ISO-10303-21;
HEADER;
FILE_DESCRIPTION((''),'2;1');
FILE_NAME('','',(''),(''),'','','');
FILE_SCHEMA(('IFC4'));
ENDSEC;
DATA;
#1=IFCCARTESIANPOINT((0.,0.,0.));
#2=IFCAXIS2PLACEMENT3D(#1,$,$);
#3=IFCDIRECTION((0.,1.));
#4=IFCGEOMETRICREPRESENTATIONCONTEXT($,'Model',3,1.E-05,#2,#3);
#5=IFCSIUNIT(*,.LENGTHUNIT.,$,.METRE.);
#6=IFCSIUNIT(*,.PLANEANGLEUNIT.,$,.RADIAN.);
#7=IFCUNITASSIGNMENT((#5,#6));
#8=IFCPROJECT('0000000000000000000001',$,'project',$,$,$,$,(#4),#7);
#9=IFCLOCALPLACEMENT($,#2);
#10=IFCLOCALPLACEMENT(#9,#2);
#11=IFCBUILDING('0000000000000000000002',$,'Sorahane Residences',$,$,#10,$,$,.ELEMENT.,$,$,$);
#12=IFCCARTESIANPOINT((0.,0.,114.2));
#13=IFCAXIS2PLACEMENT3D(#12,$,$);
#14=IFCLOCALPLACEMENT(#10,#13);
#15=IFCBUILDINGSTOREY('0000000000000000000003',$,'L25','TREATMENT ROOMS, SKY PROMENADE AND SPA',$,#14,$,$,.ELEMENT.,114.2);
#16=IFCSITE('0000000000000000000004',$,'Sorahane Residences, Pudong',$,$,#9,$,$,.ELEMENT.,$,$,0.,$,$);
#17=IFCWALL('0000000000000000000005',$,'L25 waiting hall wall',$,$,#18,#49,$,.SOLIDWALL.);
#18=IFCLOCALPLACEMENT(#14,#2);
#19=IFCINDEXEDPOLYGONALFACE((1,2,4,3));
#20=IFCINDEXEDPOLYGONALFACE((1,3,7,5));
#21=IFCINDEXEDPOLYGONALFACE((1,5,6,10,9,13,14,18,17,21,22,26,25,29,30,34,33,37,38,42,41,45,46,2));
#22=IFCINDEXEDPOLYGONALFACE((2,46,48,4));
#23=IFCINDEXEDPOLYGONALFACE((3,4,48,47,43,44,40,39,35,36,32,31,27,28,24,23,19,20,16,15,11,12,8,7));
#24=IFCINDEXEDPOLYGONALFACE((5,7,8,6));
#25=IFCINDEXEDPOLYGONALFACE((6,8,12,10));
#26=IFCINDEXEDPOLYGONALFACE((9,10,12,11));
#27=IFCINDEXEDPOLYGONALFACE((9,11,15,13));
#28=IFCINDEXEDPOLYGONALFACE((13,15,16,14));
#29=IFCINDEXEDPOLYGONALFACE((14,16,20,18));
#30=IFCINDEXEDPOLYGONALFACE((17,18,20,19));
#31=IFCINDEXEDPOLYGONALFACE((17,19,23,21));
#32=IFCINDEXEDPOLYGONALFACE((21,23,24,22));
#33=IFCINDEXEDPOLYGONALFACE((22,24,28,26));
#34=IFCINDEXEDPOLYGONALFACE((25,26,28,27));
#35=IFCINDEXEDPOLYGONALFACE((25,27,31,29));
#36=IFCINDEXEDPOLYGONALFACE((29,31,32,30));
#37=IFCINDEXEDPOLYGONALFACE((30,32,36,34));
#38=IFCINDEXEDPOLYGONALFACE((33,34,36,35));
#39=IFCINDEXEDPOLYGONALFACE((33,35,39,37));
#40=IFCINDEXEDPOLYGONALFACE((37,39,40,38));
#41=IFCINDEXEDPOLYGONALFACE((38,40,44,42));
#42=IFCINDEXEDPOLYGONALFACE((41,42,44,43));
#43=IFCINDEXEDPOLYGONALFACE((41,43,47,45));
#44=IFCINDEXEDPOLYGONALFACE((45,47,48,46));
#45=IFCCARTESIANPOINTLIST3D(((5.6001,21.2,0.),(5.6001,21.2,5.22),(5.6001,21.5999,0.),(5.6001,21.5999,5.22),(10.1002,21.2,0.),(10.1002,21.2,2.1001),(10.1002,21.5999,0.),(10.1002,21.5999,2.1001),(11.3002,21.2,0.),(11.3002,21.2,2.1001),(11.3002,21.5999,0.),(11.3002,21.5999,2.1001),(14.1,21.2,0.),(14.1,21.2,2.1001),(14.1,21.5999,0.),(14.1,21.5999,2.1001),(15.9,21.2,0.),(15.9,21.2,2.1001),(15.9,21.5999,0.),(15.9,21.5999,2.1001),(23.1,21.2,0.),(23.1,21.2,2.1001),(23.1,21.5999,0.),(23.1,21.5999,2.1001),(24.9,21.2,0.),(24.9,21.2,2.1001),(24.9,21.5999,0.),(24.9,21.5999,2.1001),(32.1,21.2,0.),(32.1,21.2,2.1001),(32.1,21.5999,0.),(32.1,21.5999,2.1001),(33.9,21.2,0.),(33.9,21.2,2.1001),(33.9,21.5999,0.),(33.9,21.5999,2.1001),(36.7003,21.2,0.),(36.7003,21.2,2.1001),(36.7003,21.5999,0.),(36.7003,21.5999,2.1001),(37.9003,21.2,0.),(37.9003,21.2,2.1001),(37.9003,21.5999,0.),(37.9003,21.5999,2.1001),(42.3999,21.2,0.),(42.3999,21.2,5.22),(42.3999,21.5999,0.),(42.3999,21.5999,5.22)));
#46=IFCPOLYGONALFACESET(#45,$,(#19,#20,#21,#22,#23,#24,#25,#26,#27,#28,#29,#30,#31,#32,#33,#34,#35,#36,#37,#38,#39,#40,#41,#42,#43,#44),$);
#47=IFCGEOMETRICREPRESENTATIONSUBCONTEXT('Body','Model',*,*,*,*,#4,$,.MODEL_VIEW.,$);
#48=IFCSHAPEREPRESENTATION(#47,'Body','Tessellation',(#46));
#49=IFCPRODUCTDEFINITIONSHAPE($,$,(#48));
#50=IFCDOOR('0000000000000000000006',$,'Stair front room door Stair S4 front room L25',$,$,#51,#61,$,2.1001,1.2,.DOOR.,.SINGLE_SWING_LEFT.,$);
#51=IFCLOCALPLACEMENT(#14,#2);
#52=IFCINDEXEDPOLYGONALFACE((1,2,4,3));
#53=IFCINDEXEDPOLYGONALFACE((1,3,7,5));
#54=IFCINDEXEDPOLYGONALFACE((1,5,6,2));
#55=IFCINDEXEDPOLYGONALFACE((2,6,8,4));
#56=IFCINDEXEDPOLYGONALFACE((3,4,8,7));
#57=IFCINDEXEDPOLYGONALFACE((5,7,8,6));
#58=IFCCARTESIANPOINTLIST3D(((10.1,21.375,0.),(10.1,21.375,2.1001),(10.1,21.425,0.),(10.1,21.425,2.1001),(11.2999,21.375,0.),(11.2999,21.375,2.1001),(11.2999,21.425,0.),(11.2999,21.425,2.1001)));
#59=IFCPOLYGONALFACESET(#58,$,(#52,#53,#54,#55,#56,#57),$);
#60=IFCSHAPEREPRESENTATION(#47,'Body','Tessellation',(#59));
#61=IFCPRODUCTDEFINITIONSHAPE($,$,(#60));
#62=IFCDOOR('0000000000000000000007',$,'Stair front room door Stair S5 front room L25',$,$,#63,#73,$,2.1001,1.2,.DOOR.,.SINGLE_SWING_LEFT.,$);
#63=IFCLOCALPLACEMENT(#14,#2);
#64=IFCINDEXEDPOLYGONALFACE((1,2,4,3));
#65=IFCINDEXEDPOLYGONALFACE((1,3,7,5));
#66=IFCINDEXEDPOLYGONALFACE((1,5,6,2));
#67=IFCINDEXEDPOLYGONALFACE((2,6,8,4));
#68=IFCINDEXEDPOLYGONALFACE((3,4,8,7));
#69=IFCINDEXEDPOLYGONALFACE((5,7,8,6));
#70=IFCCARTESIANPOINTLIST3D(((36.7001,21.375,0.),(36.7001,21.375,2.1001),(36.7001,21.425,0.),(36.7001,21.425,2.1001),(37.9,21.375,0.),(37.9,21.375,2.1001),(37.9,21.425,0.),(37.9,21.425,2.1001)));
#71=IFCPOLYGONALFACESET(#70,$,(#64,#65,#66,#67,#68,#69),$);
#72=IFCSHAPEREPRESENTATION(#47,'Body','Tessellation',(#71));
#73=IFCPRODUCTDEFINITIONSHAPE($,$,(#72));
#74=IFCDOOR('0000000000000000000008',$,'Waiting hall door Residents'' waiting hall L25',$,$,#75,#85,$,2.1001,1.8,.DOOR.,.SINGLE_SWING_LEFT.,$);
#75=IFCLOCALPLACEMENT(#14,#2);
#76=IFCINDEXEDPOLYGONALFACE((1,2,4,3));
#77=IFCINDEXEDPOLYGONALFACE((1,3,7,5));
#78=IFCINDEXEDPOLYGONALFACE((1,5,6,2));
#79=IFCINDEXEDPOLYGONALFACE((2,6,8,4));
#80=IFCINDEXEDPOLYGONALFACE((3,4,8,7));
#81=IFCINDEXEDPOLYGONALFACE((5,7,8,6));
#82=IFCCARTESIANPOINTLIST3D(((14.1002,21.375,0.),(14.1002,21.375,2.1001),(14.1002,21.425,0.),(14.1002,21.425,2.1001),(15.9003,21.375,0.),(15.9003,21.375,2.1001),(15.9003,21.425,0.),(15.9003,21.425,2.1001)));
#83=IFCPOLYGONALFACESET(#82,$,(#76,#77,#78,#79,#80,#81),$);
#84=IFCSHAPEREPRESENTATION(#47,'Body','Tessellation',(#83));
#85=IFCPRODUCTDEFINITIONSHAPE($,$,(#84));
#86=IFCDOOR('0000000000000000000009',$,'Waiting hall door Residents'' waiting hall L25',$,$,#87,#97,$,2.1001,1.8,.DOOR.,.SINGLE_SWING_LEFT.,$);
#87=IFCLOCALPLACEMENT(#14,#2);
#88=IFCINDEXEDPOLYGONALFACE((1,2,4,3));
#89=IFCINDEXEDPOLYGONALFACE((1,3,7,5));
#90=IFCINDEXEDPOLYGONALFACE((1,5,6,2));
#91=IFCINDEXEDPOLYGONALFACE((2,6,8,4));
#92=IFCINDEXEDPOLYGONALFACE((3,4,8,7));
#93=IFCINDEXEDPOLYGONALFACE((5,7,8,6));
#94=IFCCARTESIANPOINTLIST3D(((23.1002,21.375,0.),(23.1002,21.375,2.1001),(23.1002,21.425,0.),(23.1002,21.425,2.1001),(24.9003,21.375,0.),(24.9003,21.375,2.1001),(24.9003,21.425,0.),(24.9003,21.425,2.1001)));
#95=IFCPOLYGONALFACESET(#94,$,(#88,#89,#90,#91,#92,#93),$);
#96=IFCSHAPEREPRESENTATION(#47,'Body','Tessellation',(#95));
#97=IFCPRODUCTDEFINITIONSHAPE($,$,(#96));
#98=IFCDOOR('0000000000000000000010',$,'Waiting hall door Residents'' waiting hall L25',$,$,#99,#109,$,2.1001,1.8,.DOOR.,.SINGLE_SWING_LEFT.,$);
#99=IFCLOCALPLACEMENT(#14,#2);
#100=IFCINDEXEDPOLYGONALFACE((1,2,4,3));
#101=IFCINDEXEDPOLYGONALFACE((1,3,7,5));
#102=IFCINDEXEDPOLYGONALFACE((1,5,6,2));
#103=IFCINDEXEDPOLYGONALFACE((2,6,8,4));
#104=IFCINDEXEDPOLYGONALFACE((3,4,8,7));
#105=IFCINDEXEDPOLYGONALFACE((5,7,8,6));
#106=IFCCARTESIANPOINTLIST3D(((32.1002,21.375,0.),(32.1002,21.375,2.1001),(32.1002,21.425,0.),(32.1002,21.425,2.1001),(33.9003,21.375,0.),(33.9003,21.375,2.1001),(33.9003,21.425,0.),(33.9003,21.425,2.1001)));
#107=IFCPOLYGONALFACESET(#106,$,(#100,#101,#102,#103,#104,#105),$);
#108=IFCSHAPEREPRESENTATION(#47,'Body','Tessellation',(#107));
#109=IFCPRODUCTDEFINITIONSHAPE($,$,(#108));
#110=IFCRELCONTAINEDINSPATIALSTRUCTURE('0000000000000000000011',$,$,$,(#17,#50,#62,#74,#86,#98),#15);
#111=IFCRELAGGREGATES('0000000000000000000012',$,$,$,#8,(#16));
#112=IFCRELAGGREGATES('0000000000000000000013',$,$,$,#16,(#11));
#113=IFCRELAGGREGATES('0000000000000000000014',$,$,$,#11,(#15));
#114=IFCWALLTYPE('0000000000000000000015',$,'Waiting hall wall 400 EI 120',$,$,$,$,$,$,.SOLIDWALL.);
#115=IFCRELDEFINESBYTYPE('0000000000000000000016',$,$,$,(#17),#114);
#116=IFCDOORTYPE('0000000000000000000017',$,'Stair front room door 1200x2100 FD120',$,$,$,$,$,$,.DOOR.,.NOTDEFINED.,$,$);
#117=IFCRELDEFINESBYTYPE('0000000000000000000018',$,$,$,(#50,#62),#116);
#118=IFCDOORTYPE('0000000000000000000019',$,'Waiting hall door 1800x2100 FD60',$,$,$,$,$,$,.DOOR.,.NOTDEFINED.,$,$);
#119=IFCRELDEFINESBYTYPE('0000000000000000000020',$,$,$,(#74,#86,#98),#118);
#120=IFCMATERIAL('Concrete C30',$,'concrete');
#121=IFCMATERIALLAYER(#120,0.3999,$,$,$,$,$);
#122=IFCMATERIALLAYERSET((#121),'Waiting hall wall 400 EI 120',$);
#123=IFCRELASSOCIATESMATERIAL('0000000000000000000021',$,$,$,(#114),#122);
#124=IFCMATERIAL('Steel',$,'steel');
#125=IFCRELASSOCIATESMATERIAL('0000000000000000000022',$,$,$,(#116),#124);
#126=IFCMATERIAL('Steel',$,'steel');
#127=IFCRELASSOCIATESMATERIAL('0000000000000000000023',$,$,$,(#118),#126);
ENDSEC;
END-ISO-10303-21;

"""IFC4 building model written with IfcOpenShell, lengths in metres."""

from ifc_helpers import new_model, si_unit, direction, frame, frame_2d, origin, place, context, subcontext, project, spatial, rectangle, extrude, material, layer, layer_set, type_object, element, fill, save


model = new_model("IFC4")

# Units and contexts
model_context = context("Model", 3, precision=1e-05, world=origin(), true_north=direction((0.0, 1.0)))
body_context = subcontext(model_context, "Body", "Model", "MODEL_VIEW")
ifc_project = project(units=[si_unit("LENGTHUNIT", "METRE"), si_unit("PLANEANGLEUNIT", "RADIAN")], contexts=[model_context])

# Site, building, storey
site_placement = place(None, origin())
site = spatial("IfcSite", under=ifc_project, at=site_placement, Name="Sorahane Residences, Pudong", CompositionType="ELEMENT", RefElevation=0.0)
building_placement = place(site_placement, origin())
building = spatial("IfcBuilding", under=site, at=building_placement, Name="Sorahane Residences", CompositionType="ELEMENT")
storey_placement = place(building_placement, frame((0.0, 0.0, 114.2)))
storey = spatial("IfcBuildingStorey", under=building, at=storey_placement, Name="L25", Description="TREATMENT ROOMS, SKY PROMENADE AND SPA", CompositionType="ELEMENT", Elevation=114.2)

# Wall, openings, doors
ifc_material_1 = material(Name="Concrete C30", Category="concrete")
ifc_layer_1 = layer(ifc_material_1, 0.3999)
ifc_layer_set_1 = layer_set([ifc_layer_1], Name="Waiting hall wall 400 EI 120")
wall_type_1 = type_object("IfcWallType", Name="Waiting hall wall 400 EI 120", PredefinedType="SOLIDWALL", material=ifc_layer_set_1)
wall_1_placement = place(storey_placement, frame((5.6001, 21.3999, 0.0), z_axis=(0.0, 0.0, 1.0), x_axis=(1.0, 0.0, 0.0)))
wall_1 = element("IfcWall", 1, at=wall_1_placement, inside=storey, type_object=wall_type_1, Name="L25 waiting hall wall", PredefinedType="SOLIDWALL", context=body_context, shape_type="SweptSolid", body=[
    extrude(rectangle(XDim=36.7998, YDim=0.3999, at=frame_2d((18.3999, 0.0))), origin(), (0.0, 0.0, 1.0), 5.22),
])
opening_1_placement = place(wall_1_placement, frame((8.5, 0.0, 0.0)))
opening_1 = element("IfcOpeningElement", 2, at=opening_1_placement, cuts=wall_1, PredefinedType="OPENING", context=body_context, shape_type="SweptSolid", body=[
    extrude(rectangle(XDim=1.8, YDim=2.1001, at=frame_2d((0.8999, 1.05))), frame((0.0, 0.21, 0.0), z_axis=(0.0, -1.0, 0.0), x_axis=(1.0, 0.0, 0.0)), (0.0, 0.0, 1.0), 0.4199),
])
opening_2_placement = place(wall_1_placement, frame((17.5, 0.0, 0.0)))
opening_2 = element("IfcOpeningElement", 3, at=opening_2_placement, cuts=wall_1, PredefinedType="OPENING", context=body_context, shape_type="SweptSolid", body=[
    extrude(rectangle(XDim=1.8, YDim=2.1001, at=frame_2d((0.8999, 1.05))), frame((0.0, 0.21, 0.0), z_axis=(0.0, -1.0, 0.0), x_axis=(1.0, 0.0, 0.0)), (0.0, 0.0, 1.0), 0.4199),
])
opening_3_placement = place(wall_1_placement, frame((26.5, 0.0, 0.0)))
opening_3 = element("IfcOpeningElement", 4, at=opening_3_placement, cuts=wall_1, PredefinedType="OPENING", context=body_context, shape_type="SweptSolid", body=[
    extrude(rectangle(XDim=1.8, YDim=2.1001, at=frame_2d((0.8999, 1.05))), frame((0.0, 0.21, 0.0), z_axis=(0.0, -1.0, 0.0), x_axis=(1.0, 0.0, 0.0)), (0.0, 0.0, 1.0), 0.4199),
])
opening_4_placement = place(wall_1_placement, frame((4.5, 0.0, 0.0)))
opening_4 = element("IfcOpeningElement", 5, at=opening_4_placement, cuts=wall_1, PredefinedType="OPENING", context=body_context, shape_type="SweptSolid", body=[
    extrude(rectangle(XDim=1.2, YDim=2.1001, at=frame_2d((0.6001, 1.05))), frame((0.0, 0.21, 0.0), z_axis=(0.0, -1.0, 0.0), x_axis=(1.0, 0.0, 0.0)), (0.0, 0.0, 1.0), 0.4199),
])
opening_5_placement = place(wall_1_placement, frame((31.1001, 0.0, 0.0)))
opening_5 = element("IfcOpeningElement", 6, at=opening_5_placement, cuts=wall_1, PredefinedType="OPENING", context=body_context, shape_type="SweptSolid", body=[
    extrude(rectangle(XDim=1.2, YDim=2.1001, at=frame_2d((0.6001, 1.05))), frame((0.0, 0.21, 0.0), z_axis=(0.0, -1.0, 0.0), x_axis=(1.0, 0.0, 0.0)), (0.0, 0.0, 1.0), 0.4199),
])
ifc_material_2 = material(Name="Steel", Category="steel")
door_type_1 = type_object("IfcDoorType", Name="Stair front room door 1200x2100 FD120", OperationType="NOTDEFINED", PredefinedType="DOOR", material=ifc_material_2)
door_1_placement = place(opening_4_placement, frame((1.2, 0.0, 0.0), z_axis=(0.0, 0.0, 1.0), x_axis=(-1.0, 0.0, 0.0)))
door_1 = element("IfcDoor", 7, at=door_1_placement, inside=storey, type_object=door_type_1, Name="Stair front room door Stair S4 front room L25", OperationType="SINGLE_SWING_LEFT", OverallHeight=2.1001, OverallWidth=1.2, PredefinedType="DOOR", context=body_context, shape_type="SweptSolid", body=[
    extrude(rectangle(XDim=1.2, YDim=2.1001, at=frame_2d((0.6001, 1.05))), frame((0.0, 0.0249, 0.0), z_axis=(0.0, -1.0, 0.0), x_axis=(1.0, 0.0, 0.0)), (0.0, 0.0, 1.0), 0.05),
])
fill(opening_4, door_1)
door_2_placement = place(opening_5_placement, frame((1.2, 0.0, 0.0), z_axis=(0.0, 0.0, 1.0), x_axis=(-1.0, 0.0, 0.0)))
door_2 = element("IfcDoor", 8, at=door_2_placement, inside=storey, type_object=door_type_1, Name="Stair front room door Stair S5 front room L25", OperationType="SINGLE_SWING_LEFT", OverallHeight=2.1001, OverallWidth=1.2, PredefinedType="DOOR", context=body_context, shape_type="SweptSolid", body=[
    extrude(rectangle(XDim=1.2, YDim=2.1001, at=frame_2d((0.6001, 1.05))), frame((0.0, 0.0249, 0.0), z_axis=(0.0, -1.0, 0.0), x_axis=(1.0, 0.0, 0.0)), (0.0, 0.0, 1.0), 0.05),
])
fill(opening_5, door_2)
ifc_material_3 = material(Name="Steel", Category="steel")
door_type_2 = type_object("IfcDoorType", Name="Waiting hall door 1800x2100 FD60", OperationType="NOTDEFINED", PredefinedType="DOOR", material=ifc_material_3)
door_3_placement = place(opening_1_placement, frame((1.8, 0.0, 0.0), z_axis=(0.0, 0.0, 1.0), x_axis=(-1.0, 0.0, 0.0)))
door_3 = element("IfcDoor", 9, at=door_3_placement, inside=storey, type_object=door_type_2, Name="Waiting hall door Residents' waiting hall L25", OperationType="SINGLE_SWING_LEFT", OverallHeight=2.1001, OverallWidth=1.8, PredefinedType="DOOR", context=body_context, shape_type="SweptSolid", body=[
    extrude(rectangle(XDim=1.8, YDim=2.1001, at=frame_2d((0.8999, 1.05))), frame((0.0, 0.0249, 0.0), z_axis=(0.0, -1.0, 0.0), x_axis=(1.0, 0.0, 0.0)), (0.0, 0.0, 1.0), 0.05),
])
fill(opening_1, door_3)
door_4_placement = place(opening_2_placement, frame((1.8, 0.0, 0.0), z_axis=(0.0, 0.0, 1.0), x_axis=(-1.0, 0.0, 0.0)))
door_4 = element("IfcDoor", 10, at=door_4_placement, inside=storey, type_object=door_type_2, Name="Waiting hall door Residents' waiting hall L25", OperationType="SINGLE_SWING_LEFT", OverallHeight=2.1001, OverallWidth=1.8, PredefinedType="DOOR", context=body_context, shape_type="SweptSolid", body=[
    extrude(rectangle(XDim=1.8, YDim=2.1001, at=frame_2d((0.8999, 1.05))), frame((0.0, 0.0249, 0.0), z_axis=(0.0, -1.0, 0.0), x_axis=(1.0, 0.0, 0.0)), (0.0, 0.0, 1.0), 0.05),
])
fill(opening_2, door_4)
door_5_placement = place(opening_3_placement, frame((1.8, 0.0, 0.0), z_axis=(0.0, 0.0, 1.0), x_axis=(-1.0, 0.0, 0.0)))
door_5 = element("IfcDoor", 11, at=door_5_placement, inside=storey, type_object=door_type_2, Name="Waiting hall door Residents' waiting hall L25", OperationType="SINGLE_SWING_LEFT", OverallHeight=2.1001, OverallWidth=1.8, PredefinedType="DOOR", context=body_context, shape_type="SweptSolid", body=[
    extrude(rectangle(XDim=1.8, YDim=2.1001, at=frame_2d((0.8999, 1.05))), frame((0.0, 0.0249, 0.0), z_axis=(0.0, -1.0, 0.0), x_axis=(1.0, 0.0, 0.0)), (0.0, 0.0, 1.0), 0.05),
])
fill(opening_3, door_5)

save(model, "model.ifc")
